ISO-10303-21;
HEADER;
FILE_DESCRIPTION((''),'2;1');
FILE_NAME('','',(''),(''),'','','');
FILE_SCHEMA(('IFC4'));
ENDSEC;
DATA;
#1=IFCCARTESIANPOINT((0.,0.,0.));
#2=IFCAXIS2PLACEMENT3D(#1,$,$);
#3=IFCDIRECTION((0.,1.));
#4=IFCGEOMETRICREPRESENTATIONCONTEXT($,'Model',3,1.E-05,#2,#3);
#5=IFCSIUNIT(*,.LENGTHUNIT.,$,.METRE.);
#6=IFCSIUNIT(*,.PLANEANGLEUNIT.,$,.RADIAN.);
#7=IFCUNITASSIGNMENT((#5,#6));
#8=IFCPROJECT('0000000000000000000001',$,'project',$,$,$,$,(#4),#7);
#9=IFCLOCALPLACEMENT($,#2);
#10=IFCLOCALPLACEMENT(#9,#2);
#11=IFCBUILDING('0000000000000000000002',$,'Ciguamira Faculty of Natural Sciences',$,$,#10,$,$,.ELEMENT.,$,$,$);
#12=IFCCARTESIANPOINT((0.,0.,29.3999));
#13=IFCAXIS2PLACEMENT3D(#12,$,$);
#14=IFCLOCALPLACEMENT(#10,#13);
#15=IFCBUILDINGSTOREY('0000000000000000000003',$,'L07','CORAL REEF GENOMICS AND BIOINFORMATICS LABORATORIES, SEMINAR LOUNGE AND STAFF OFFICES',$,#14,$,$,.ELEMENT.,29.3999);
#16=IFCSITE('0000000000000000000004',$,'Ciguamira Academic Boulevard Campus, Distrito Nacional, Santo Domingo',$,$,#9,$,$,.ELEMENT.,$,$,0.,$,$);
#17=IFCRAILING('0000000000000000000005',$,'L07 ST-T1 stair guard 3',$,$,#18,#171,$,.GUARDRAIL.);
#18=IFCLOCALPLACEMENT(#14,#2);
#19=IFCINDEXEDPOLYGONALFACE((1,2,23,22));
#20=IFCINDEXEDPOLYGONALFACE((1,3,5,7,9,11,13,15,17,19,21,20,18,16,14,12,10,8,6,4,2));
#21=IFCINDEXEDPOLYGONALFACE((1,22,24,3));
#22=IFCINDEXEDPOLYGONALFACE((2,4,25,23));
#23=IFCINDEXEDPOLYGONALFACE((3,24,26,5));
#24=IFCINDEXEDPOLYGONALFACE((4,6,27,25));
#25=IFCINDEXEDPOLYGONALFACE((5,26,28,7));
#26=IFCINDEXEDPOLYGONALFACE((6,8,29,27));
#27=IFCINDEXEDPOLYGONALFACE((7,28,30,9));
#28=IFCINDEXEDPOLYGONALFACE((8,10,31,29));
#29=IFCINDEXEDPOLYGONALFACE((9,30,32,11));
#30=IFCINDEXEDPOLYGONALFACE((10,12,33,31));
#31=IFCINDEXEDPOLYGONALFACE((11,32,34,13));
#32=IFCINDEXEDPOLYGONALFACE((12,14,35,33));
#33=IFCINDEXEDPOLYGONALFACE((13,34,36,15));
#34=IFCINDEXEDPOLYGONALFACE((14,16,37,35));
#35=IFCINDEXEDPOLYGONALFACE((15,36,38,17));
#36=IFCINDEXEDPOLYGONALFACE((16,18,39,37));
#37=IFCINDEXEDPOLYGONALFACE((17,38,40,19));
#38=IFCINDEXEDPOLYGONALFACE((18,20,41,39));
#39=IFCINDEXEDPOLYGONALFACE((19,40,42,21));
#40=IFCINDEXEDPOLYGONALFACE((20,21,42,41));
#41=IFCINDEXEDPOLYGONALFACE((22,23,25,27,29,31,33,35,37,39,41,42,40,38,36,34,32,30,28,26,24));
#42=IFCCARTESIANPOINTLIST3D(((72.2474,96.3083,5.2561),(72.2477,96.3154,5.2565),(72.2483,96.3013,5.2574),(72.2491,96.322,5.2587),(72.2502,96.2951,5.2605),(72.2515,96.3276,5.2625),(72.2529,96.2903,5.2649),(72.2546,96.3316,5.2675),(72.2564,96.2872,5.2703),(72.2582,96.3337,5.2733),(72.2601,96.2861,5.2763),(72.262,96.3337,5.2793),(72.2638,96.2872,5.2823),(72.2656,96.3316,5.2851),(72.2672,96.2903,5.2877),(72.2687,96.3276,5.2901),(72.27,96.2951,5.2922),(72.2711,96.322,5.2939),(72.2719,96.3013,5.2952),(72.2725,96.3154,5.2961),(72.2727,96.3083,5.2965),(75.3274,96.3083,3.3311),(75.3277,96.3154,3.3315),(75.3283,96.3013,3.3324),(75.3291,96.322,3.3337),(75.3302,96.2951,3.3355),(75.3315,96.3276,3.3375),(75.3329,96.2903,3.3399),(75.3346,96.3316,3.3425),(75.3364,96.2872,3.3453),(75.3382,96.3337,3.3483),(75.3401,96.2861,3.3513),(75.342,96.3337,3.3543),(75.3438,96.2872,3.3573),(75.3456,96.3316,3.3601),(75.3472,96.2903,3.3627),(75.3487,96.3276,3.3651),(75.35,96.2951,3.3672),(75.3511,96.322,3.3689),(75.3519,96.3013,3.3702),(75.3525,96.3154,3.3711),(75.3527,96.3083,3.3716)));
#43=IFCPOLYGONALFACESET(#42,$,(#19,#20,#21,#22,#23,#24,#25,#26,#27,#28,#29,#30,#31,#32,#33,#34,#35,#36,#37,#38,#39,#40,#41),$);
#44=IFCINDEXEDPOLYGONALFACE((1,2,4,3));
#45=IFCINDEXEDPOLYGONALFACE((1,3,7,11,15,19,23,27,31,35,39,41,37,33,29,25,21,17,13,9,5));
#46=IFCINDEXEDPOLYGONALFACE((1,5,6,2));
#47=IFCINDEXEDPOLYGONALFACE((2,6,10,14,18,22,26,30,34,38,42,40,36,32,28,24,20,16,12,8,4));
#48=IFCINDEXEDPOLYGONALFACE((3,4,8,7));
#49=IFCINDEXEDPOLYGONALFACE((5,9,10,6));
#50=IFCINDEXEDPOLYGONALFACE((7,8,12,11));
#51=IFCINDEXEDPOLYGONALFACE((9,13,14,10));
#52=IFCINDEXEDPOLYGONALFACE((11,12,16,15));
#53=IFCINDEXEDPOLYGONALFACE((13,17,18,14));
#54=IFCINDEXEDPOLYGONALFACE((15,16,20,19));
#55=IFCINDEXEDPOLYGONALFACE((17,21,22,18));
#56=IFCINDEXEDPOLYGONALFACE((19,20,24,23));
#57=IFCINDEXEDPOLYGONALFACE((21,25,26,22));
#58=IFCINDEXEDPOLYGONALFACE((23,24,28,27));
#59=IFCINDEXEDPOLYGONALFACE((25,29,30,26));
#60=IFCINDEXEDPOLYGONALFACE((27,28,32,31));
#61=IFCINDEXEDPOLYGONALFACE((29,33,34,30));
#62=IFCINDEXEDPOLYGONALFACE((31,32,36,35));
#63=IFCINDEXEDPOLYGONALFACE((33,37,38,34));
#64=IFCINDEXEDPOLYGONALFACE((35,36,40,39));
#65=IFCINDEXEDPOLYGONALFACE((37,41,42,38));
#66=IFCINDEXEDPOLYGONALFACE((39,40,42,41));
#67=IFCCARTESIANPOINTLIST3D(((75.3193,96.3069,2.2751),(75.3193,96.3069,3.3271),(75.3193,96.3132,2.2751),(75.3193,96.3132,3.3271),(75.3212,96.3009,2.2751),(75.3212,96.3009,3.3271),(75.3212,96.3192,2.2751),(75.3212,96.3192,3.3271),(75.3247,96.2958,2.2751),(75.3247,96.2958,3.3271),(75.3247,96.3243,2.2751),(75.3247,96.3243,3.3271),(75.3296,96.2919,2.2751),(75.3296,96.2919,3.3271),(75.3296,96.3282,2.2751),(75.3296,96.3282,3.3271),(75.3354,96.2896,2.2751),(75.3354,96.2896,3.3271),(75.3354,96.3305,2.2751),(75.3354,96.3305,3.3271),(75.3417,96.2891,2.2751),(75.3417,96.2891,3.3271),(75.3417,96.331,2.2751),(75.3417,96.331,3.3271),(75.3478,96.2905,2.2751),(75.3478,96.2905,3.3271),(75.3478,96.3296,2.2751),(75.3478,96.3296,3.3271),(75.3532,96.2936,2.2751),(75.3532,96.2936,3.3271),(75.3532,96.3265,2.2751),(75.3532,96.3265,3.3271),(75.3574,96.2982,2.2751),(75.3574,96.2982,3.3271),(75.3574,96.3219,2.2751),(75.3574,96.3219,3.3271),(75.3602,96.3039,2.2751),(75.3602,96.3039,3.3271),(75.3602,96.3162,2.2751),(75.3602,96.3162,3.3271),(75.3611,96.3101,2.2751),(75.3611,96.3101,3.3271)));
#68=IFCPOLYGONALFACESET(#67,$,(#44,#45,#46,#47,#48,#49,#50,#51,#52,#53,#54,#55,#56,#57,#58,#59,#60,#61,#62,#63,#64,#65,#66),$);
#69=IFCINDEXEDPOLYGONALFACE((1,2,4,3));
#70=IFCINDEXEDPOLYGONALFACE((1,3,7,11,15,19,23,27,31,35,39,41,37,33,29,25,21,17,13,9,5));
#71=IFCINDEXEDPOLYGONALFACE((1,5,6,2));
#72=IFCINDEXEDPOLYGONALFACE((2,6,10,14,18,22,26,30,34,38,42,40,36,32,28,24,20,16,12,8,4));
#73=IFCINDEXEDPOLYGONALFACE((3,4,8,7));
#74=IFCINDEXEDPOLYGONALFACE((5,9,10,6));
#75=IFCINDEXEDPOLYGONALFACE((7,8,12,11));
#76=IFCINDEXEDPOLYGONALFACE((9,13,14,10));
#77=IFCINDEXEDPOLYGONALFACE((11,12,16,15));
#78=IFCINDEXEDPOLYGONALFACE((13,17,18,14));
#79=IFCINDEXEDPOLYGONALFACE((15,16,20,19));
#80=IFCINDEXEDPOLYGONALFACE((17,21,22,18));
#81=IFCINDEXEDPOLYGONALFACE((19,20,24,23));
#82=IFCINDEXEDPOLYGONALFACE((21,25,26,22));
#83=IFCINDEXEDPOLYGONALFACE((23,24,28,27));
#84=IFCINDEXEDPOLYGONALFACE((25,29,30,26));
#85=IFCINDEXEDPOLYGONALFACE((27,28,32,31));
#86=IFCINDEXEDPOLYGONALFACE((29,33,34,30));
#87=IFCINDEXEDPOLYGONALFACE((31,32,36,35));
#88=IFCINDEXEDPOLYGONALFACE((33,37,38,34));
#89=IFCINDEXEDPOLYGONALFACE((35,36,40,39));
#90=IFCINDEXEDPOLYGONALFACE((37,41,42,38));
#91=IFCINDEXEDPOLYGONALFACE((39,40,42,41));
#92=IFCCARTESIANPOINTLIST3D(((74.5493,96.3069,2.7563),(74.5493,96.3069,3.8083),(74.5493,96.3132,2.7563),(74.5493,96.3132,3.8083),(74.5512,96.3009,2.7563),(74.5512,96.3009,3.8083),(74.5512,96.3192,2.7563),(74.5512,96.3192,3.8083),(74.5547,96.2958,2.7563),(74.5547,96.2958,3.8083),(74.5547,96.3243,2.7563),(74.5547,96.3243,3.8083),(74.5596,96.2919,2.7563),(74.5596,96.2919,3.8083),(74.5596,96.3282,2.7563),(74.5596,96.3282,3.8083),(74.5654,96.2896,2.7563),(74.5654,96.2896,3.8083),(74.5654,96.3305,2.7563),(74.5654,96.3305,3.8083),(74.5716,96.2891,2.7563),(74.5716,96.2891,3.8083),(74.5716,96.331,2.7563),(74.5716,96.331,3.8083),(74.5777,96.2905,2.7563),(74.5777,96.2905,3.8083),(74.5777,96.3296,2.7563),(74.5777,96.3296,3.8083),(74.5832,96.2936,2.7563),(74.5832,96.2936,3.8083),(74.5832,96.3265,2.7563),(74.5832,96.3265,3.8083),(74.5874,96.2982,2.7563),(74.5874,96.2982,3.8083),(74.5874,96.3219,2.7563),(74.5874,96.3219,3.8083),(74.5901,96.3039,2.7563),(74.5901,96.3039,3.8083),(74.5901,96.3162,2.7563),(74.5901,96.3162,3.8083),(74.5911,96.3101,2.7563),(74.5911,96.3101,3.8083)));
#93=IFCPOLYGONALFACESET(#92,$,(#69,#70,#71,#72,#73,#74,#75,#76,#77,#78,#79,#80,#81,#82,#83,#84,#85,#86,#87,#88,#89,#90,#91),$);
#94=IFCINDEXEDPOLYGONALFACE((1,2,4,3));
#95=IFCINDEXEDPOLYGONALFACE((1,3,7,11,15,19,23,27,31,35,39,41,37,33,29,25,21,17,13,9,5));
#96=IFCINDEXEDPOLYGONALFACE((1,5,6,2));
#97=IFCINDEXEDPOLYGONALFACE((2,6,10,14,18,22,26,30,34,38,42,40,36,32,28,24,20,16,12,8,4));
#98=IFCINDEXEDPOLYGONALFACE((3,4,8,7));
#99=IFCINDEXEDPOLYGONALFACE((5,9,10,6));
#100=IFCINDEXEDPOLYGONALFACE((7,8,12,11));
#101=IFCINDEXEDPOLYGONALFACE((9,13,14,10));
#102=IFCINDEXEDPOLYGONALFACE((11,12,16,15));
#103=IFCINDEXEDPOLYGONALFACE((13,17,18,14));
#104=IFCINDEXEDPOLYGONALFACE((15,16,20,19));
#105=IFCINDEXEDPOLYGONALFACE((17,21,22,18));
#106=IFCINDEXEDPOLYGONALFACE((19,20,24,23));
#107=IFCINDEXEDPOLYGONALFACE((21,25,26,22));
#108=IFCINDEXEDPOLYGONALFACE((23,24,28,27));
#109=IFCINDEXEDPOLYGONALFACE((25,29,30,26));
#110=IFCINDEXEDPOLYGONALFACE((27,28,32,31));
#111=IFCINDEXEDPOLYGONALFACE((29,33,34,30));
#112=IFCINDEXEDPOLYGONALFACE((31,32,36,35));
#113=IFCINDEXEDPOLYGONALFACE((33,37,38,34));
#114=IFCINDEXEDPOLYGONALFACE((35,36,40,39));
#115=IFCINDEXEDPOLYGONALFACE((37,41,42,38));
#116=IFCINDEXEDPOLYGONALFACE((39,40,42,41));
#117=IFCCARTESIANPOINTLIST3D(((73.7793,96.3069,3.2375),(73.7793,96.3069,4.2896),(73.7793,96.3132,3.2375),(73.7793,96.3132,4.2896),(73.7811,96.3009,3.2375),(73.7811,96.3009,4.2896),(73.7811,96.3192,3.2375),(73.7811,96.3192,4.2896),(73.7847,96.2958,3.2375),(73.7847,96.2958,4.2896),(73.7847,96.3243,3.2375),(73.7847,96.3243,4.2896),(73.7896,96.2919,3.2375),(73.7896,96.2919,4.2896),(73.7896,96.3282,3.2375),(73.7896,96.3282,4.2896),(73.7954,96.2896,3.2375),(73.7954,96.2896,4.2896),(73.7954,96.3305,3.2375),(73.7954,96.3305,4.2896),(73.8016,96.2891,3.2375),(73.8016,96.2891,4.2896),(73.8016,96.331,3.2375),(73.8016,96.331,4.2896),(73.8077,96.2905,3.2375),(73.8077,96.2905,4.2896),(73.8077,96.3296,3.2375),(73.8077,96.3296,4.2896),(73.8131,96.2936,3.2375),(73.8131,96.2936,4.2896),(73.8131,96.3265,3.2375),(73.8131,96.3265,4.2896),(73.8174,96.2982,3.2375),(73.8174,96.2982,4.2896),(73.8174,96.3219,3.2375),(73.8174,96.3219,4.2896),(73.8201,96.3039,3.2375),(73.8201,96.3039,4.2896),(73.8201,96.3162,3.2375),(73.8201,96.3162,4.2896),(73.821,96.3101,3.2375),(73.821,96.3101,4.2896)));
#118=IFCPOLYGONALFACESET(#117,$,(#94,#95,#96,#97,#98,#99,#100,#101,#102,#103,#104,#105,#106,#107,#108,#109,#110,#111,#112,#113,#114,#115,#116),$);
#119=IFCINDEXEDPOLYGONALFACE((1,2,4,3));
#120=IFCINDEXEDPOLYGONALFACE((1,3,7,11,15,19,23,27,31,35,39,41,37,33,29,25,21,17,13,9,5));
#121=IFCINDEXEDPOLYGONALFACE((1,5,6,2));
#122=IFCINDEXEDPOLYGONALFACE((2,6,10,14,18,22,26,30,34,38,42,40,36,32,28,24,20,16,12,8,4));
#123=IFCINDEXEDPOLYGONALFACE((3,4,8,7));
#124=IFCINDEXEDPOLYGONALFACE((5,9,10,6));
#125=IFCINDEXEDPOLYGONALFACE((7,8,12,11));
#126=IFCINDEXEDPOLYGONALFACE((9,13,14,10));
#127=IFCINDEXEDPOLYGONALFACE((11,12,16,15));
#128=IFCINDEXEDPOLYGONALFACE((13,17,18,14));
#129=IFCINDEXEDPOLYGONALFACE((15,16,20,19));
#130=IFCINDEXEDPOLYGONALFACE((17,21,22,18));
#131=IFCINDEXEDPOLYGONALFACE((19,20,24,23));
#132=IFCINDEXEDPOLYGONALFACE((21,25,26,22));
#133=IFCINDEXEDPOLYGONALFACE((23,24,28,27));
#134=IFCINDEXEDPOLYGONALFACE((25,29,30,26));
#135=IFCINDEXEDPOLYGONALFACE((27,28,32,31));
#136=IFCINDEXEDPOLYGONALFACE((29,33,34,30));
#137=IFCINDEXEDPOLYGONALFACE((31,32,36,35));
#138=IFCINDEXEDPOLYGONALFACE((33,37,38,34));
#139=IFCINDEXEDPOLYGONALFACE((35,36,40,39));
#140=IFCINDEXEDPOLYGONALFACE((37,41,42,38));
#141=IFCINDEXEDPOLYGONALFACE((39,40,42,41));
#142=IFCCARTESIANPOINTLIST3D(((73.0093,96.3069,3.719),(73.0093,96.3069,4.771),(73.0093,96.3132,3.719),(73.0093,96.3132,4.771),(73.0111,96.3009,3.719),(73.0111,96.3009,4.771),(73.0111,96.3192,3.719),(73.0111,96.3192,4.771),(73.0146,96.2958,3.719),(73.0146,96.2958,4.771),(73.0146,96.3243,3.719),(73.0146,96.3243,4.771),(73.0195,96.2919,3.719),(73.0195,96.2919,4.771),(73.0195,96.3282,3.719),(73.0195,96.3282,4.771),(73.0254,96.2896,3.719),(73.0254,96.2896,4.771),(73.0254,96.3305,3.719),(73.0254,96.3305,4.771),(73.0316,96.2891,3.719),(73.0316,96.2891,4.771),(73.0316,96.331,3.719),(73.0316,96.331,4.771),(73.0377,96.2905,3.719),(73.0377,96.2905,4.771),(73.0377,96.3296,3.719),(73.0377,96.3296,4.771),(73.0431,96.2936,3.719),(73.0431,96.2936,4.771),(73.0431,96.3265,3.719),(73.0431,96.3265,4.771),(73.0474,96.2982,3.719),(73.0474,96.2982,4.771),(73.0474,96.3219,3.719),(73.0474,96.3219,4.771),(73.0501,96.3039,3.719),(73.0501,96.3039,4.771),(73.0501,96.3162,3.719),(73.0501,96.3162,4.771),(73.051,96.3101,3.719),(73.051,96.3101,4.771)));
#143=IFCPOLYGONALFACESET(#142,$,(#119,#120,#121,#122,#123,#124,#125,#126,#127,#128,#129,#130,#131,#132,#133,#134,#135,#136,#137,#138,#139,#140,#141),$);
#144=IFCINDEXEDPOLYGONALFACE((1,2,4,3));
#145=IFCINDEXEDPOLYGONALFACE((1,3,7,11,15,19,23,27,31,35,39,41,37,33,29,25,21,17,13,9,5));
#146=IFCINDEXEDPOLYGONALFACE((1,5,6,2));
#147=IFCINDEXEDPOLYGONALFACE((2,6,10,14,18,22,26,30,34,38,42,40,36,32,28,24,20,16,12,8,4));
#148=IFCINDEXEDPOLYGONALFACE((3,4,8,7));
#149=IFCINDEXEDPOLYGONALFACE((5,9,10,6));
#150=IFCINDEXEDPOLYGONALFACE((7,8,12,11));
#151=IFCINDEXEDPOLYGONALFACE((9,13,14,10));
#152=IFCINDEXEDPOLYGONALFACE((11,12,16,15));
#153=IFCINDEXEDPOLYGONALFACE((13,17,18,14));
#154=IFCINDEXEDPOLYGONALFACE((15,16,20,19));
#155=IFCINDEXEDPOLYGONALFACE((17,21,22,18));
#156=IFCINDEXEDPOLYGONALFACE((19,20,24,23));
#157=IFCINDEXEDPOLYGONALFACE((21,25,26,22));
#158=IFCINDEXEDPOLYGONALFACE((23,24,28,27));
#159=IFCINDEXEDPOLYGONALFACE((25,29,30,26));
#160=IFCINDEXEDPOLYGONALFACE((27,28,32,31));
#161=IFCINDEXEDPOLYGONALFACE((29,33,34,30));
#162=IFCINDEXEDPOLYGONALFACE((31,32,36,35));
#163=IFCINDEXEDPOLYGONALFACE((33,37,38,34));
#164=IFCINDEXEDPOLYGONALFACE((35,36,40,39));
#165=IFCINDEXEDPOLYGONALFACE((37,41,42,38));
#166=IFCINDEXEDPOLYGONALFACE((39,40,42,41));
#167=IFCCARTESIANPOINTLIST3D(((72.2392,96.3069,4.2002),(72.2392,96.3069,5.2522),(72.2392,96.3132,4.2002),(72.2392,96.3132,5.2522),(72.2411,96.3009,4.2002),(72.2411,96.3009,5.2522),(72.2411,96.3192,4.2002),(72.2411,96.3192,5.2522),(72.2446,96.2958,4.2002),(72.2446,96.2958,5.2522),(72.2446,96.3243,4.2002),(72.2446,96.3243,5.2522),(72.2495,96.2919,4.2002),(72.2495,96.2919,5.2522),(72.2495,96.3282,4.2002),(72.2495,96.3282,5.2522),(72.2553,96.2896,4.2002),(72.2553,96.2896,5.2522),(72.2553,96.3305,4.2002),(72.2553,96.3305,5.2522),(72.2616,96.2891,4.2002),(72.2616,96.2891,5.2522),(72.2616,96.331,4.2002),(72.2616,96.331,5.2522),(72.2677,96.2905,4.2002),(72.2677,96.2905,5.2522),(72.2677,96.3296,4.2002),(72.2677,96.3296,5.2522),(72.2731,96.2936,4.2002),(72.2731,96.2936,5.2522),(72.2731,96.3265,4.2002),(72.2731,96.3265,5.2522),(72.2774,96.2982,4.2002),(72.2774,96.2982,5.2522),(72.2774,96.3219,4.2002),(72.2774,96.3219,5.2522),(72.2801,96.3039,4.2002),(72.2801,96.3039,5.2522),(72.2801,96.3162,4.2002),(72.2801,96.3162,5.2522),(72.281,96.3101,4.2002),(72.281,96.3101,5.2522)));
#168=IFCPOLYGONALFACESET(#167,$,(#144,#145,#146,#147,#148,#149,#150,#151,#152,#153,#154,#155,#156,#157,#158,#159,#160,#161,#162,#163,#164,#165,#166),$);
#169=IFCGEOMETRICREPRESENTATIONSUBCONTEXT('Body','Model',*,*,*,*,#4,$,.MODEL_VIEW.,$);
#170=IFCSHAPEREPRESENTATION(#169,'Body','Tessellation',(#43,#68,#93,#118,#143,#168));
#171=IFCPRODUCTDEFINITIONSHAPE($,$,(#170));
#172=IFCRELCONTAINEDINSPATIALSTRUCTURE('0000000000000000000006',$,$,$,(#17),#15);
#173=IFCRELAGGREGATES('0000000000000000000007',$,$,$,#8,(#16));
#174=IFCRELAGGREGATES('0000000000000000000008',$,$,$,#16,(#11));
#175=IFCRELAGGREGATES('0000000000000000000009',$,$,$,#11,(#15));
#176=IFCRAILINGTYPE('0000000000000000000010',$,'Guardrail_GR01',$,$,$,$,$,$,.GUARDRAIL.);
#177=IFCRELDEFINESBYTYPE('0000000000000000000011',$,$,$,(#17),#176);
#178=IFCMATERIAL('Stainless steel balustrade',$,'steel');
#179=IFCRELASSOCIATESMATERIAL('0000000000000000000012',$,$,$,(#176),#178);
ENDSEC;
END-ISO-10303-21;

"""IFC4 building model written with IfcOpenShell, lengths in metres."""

from ifc_helpers import new_model, si_unit, direction, frame, origin, origin_2d, place, context, subcontext, project, spatial, circle, extrude, material, type_object, element, save


model = new_model("IFC4")

# Units and contexts
model_context = context("Model", 3, precision=1e-05, world=origin(), true_north=direction((0.0, 1.0)))
body_context = subcontext(model_context, "Body", "Model", "MODEL_VIEW")
ifc_project = project(units=[si_unit("LENGTHUNIT", "METRE"), si_unit("PLANEANGLEUNIT", "RADIAN")], contexts=[model_context])

# Site, building, storey
site_placement = place(None, origin())
site = spatial("IfcSite", under=ifc_project, at=site_placement, Name="Ciguamira Academic Boulevard Campus, Distrito Nacional, Santo Domingo", CompositionType="ELEMENT", RefElevation=0.0)
building_placement = place(site_placement, origin())
building = spatial("IfcBuilding", under=site, at=building_placement, Name="Ciguamira Faculty of Natural Sciences", CompositionType="ELEMENT")
storey_placement = place(building_placement, frame((0.0, 0.0, 29.3999)))
storey = spatial("IfcBuildingStorey", under=building, at=storey_placement, Name="L07", Description="CORAL REEF GENOMICS AND BIOINFORMATICS LABORATORIES, SEMINAR LOUNGE AND STAFF OFFICES", CompositionType="ELEMENT", Elevation=29.3999)

# Railing
ifc_material_1 = material(Name="Stainless steel balustrade", Category="steel")
railing_type_1 = type_object("IfcRailingType", Name="Guardrail_GR01", PredefinedType="GUARDRAIL", material=ifc_material_1)
railing_1_placement = place(storey_placement, frame((75.3401, 96.3101, 2.2751)))
element("IfcRailing", 1, at=railing_1_placement, inside=storey, type_object=railing_type_1, Name="L07 ST-T1 stair guard 3", PredefinedType="GUARDRAIL", context=body_context, shape_type="SweptSolid", body=[
    extrude(circle(Radius=0.0239, at=origin_2d()), frame((0.0, 0.0, 1.0762), z_axis=(-0.847998, 0.0, 0.529999), x_axis=(0.0, -1.0, 0.0)), (0.0, 0.0, 1.0), 3.6321),
    extrude(circle(Radius=0.021, at=origin_2d()), origin(), (0.0, 0.0, 1.0), 1.052),
    extrude(circle(Radius=0.021, at=origin_2d()), frame((-0.77, 0.0, 0.4812)), (0.0, 0.0, 1.0), 1.052),
    extrude(circle(Radius=0.021, at=origin_2d()), frame((-1.54, 0.0, 0.9624)), (0.0, 0.0, 1.0), 1.052),
    extrude(circle(Radius=0.021, at=origin_2d()), frame((-2.3101, 0.0, 1.4438)), (0.0, 0.0, 1.0), 1.052),
    extrude(circle(Radius=0.021, at=origin_2d()), frame((-3.0801, 0.0, 1.925)), (0.0, 0.0, 1.0), 1.052),
])

save(model, "model.ifc")
